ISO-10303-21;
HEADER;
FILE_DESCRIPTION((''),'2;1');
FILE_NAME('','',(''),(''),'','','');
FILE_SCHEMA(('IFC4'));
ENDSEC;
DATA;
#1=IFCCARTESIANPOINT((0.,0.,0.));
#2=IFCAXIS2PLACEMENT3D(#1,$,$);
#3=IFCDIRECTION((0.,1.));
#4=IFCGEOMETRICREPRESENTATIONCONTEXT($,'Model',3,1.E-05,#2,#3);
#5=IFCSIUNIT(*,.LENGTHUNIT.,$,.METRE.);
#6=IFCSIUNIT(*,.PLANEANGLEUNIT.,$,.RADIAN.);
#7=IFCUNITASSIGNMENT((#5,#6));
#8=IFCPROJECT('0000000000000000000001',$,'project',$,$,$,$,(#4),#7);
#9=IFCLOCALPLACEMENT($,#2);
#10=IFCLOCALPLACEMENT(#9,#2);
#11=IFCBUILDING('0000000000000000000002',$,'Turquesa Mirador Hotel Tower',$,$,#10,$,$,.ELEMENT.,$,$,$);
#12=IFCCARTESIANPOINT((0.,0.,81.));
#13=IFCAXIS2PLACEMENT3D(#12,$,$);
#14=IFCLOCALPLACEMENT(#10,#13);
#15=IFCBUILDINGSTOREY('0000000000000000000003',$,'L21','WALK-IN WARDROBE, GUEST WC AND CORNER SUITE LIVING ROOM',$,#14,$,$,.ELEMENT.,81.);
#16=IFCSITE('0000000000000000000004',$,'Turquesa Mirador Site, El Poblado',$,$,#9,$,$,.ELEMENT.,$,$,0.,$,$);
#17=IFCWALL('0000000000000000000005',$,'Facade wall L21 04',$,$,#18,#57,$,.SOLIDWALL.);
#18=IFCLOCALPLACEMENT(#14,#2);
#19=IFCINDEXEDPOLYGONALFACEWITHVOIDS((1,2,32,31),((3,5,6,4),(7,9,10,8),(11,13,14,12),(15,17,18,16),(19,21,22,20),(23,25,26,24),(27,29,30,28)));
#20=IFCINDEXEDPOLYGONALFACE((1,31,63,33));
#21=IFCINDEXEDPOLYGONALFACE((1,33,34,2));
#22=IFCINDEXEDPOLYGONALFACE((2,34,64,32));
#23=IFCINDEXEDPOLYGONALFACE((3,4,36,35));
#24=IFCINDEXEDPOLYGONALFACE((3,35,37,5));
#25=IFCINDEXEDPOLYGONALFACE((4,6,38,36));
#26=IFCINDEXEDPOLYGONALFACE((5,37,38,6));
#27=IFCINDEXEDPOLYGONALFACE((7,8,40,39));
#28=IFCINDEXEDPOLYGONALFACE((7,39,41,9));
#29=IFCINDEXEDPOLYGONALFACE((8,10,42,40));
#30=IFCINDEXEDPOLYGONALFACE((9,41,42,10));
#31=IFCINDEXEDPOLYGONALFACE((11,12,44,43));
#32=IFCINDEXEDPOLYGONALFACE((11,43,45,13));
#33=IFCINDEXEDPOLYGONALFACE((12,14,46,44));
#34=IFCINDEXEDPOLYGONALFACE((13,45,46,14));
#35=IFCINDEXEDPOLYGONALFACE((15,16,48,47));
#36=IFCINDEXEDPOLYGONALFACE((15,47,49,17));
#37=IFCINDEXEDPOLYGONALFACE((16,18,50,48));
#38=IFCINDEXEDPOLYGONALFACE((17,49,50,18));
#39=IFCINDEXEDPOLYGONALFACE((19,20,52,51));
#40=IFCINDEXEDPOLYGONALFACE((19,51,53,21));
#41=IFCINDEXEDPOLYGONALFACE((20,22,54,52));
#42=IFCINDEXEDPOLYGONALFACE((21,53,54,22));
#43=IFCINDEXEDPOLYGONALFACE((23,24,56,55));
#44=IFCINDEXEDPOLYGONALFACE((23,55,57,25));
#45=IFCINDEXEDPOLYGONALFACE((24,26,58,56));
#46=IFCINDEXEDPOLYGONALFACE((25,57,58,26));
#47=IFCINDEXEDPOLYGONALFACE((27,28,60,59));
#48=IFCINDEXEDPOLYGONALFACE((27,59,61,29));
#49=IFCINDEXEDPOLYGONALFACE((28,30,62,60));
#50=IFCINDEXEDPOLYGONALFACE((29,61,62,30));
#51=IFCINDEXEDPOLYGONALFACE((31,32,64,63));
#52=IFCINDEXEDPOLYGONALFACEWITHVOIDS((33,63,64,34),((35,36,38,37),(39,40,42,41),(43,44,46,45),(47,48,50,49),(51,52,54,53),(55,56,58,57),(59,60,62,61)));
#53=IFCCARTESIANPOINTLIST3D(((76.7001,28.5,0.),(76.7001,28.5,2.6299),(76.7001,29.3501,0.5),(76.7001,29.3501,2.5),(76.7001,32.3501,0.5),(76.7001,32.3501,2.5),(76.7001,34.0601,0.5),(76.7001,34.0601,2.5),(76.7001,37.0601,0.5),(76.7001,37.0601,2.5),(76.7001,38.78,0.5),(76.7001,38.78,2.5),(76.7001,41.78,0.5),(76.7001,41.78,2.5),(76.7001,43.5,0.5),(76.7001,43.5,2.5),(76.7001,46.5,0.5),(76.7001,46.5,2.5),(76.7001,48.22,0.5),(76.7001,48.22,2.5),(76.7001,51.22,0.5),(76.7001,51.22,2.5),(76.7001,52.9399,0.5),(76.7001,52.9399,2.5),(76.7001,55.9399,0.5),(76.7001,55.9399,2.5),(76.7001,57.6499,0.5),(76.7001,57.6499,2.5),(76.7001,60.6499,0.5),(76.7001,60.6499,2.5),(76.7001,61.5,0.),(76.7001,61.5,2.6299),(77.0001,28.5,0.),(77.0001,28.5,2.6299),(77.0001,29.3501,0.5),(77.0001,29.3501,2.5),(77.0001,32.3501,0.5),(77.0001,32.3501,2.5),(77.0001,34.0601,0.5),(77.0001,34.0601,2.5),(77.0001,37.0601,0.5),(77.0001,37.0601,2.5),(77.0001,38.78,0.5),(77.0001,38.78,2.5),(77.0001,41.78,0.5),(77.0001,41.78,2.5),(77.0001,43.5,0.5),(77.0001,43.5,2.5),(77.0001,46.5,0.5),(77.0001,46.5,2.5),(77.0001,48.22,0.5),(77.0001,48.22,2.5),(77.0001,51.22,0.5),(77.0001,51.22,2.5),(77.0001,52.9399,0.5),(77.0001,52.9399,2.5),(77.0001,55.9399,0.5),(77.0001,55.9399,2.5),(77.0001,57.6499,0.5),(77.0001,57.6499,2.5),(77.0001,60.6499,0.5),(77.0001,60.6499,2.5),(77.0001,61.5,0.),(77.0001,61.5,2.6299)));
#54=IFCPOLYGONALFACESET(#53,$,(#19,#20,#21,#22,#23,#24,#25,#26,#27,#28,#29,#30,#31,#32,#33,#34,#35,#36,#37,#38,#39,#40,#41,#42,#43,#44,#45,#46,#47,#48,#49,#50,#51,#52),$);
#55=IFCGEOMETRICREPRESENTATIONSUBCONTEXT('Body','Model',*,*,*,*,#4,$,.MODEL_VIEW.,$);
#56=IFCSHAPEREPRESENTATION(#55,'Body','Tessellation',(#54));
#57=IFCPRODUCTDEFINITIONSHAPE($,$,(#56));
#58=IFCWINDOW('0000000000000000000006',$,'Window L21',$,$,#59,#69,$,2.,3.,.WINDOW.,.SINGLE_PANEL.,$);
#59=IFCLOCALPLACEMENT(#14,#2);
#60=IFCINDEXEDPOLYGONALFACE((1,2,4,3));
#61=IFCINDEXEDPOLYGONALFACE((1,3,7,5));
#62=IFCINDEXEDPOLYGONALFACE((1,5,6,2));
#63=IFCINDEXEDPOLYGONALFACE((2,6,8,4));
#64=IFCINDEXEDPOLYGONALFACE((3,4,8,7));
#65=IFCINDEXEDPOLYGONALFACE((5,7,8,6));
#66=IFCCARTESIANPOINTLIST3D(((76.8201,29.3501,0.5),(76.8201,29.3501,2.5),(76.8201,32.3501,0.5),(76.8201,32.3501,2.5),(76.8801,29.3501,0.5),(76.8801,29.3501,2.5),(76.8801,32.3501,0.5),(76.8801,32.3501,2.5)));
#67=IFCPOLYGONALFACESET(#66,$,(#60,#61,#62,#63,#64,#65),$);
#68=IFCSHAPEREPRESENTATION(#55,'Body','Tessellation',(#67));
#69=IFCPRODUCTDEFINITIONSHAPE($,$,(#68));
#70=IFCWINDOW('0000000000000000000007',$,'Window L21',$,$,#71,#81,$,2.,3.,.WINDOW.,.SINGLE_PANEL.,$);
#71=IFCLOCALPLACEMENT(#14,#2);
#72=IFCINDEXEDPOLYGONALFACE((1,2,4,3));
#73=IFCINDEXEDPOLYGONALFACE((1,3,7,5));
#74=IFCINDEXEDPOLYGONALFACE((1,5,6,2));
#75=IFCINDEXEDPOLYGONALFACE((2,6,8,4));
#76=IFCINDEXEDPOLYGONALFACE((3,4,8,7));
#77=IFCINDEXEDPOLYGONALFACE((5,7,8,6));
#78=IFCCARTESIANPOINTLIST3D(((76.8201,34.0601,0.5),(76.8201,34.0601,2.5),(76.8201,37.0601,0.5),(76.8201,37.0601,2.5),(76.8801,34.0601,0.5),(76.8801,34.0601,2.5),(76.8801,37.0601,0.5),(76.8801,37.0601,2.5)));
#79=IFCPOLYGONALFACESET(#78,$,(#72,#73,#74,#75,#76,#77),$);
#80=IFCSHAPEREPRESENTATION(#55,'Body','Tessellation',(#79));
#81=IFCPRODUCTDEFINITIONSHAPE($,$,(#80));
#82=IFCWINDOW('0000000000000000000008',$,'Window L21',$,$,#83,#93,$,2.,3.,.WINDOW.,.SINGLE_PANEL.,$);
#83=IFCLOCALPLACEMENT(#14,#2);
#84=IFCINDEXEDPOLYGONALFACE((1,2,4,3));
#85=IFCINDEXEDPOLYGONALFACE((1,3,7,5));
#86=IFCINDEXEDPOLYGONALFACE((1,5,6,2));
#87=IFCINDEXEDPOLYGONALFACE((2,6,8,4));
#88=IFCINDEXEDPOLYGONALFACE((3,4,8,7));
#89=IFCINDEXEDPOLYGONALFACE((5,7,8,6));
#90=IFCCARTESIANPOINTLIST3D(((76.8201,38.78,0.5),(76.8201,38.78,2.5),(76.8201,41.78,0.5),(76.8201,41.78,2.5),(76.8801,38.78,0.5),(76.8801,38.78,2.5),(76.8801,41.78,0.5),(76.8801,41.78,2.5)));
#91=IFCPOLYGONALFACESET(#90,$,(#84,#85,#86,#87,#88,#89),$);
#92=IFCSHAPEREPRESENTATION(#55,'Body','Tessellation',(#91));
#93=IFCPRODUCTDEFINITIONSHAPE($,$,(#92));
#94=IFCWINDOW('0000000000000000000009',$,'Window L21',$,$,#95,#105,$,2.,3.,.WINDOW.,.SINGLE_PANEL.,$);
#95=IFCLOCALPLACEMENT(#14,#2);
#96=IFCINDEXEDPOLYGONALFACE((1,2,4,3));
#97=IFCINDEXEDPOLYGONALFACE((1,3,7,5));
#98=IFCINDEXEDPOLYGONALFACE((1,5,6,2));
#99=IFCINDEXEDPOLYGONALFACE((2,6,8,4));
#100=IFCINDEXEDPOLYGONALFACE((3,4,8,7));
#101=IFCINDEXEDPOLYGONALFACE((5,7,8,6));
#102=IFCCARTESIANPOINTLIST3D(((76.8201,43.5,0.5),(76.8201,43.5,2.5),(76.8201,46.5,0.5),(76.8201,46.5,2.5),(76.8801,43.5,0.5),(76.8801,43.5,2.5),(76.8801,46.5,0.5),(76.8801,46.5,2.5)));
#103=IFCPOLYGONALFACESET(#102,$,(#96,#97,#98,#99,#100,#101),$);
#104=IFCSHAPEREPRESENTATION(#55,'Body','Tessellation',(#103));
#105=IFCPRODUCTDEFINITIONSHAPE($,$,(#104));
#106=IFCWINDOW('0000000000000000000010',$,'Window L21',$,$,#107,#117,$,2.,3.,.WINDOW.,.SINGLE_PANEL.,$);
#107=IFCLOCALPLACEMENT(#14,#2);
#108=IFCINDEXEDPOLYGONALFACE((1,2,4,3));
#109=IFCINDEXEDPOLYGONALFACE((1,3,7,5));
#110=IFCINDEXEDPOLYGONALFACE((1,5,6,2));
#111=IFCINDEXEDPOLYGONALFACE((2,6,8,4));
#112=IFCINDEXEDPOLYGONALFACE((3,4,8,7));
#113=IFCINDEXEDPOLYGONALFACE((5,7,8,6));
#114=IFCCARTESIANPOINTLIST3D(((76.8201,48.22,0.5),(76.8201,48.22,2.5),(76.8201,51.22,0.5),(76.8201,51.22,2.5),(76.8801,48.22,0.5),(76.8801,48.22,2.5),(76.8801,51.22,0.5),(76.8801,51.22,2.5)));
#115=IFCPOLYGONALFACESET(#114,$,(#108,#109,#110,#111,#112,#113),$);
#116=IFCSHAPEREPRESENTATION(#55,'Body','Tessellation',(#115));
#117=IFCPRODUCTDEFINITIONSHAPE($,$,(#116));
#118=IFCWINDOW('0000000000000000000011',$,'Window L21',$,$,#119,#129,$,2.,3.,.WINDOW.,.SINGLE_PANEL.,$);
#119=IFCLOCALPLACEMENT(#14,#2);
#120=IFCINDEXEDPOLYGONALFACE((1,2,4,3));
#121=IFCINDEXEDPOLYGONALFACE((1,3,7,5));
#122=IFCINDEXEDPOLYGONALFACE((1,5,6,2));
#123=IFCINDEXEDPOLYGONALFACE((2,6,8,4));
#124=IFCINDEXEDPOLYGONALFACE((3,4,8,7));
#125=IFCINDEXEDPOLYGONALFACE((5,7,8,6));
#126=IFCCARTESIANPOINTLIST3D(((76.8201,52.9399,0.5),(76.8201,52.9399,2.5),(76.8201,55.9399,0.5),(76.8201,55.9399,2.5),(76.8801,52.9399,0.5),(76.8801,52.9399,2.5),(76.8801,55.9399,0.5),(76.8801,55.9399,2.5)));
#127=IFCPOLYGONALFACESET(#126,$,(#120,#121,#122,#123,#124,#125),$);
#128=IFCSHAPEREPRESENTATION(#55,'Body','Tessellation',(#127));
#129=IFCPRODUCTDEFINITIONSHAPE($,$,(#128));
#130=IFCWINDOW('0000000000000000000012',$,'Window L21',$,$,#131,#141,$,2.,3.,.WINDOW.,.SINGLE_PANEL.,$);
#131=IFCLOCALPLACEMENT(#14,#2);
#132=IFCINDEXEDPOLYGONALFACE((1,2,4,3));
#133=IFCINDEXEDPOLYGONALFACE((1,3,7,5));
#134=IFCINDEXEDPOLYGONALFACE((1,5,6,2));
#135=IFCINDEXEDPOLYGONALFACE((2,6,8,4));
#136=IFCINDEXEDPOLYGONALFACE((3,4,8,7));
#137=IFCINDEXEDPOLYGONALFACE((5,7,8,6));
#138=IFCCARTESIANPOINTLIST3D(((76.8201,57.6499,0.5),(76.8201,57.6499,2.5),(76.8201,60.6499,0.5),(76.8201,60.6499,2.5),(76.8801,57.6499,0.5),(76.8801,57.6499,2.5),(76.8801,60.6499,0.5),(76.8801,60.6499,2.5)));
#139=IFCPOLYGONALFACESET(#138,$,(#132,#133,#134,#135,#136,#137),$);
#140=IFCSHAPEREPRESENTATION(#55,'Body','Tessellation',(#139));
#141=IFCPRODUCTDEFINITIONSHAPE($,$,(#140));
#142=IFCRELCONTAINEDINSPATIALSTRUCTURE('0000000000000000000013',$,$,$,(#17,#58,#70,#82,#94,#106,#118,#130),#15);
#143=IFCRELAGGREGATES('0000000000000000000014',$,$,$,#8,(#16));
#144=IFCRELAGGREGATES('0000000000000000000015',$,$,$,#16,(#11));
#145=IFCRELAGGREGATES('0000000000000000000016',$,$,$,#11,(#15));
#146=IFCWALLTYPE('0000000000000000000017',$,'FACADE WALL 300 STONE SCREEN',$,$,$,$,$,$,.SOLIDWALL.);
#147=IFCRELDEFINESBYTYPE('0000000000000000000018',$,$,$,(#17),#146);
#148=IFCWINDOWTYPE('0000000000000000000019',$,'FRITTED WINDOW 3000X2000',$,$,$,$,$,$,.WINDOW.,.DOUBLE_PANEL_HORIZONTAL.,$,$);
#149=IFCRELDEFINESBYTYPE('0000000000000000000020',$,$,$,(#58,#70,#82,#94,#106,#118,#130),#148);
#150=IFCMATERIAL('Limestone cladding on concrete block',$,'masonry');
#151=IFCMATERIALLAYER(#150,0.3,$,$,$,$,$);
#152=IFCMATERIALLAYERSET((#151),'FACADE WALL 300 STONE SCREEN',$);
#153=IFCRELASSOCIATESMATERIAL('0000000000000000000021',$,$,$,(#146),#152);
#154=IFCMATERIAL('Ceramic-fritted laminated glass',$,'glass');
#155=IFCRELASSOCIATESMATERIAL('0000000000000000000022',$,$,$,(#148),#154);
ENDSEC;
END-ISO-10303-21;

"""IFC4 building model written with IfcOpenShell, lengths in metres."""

from ifc_helpers import new_model, si_unit, direction, frame, frame_2d, origin, place, context, subcontext, project, spatial, rectangle, extrude, material, layer, layer_set, type_object, element, fill, save


model = new_model("IFC4")

# Units and contexts
model_context = context("Model", 3, precision=1e-05, world=origin(), true_north=direction((0.0, 1.0)))
body_context = subcontext(model_context, "Body", "Model", "MODEL_VIEW")
ifc_project = project(units=[si_unit("LENGTHUNIT", "METRE"), si_unit("PLANEANGLEUNIT", "RADIAN")], contexts=[model_context])

# Site, building, storey
site_placement = place(None, origin())
site = spatial("IfcSite", under=ifc_project, at=site_placement, Name="Turquesa Mirador Site, El Poblado", CompositionType="ELEMENT", RefElevation=0.0)
building_placement = place(site_placement, origin())
building = spatial("IfcBuilding", under=site, at=building_placement, Name="Turquesa Mirador Hotel Tower", CompositionType="ELEMENT")
storey_placement = place(building_placement, frame((0.0, 0.0, 81.0)))
storey = spatial("IfcBuildingStorey", under=building, at=storey_placement, Name="L21", Description="WALK-IN WARDROBE, GUEST WC AND CORNER SUITE LIVING ROOM", CompositionType="ELEMENT", Elevation=81.0)

# Shared definitions
ifc_material_1 = material(Name="Limestone cladding on concrete block", Category="masonry")
ifc_layer = layer(ifc_material_1, 0.3)
ifc_layer_set = layer_set([ifc_layer], Name="FACADE WALL 300 STONE SCREEN")
wall_type = type_object("IfcWallType", Name="FACADE WALL 300 STONE SCREEN", PredefinedType="SOLIDWALL", material=ifc_layer_set)

# Wall, openings, windows
wall_1_placement = place(storey_placement, frame((76.8501, 28.5, 0.0), z_axis=(0.0, 0.0, 1.0), x_axis=(0.0, 1.0, 0.0)))
wall_1 = element("IfcWall", 1, at=wall_1_placement, inside=storey, type_object=wall_type, Name="Facade wall L21 04", PredefinedType="SOLIDWALL", context=body_context, shape_type="SweptSolid", body=[
    extrude(rectangle(XDim=33.0, YDim=0.3, at=frame_2d((16.5, 0.0))), origin(), (0.0, 0.0, 1.0), 2.6299),
])
opening_1_placement = place(wall_1_placement, frame((0.8501, 0.0, 0.5)))
opening_1 = element("IfcOpeningElement", 2, at=opening_1_placement, cuts=wall_1, PredefinedType="OPENING", context=body_context, shape_type="SweptSolid", body=[
    extrude(rectangle(XDim=3.0, YDim=2.0, at=frame_2d((1.5, 1.0))), frame((0.0, 0.1599, 0.0), z_axis=(0.0, -1.0, 0.0), x_axis=(1.0, 0.0, 0.0)), (0.0, 0.0, 1.0), 0.3201),
])
opening_2_placement = place(wall_1_placement, frame((5.5601, 0.0, 0.5)))
opening_2 = element("IfcOpeningElement", 3, at=opening_2_placement, cuts=wall_1, PredefinedType="OPENING", context=body_context, shape_type="SweptSolid", body=[
    extrude(rectangle(XDim=3.0, YDim=2.0, at=frame_2d((1.5, 1.0))), frame((0.0, 0.1599, 0.0), z_axis=(0.0, -1.0, 0.0), x_axis=(1.0, 0.0, 0.0)), (0.0, 0.0, 1.0), 0.3201),
])
opening_3_placement = place(wall_1_placement, frame((10.28, 0.0, 0.5)))
opening_3 = element("IfcOpeningElement", 4, at=opening_3_placement, cuts=wall_1, PredefinedType="OPENING", context=body_context, shape_type="SweptSolid", body=[
    extrude(rectangle(XDim=3.0, YDim=2.0, at=frame_2d((1.5, 1.0))), frame((0.0, 0.1599, 0.0), z_axis=(0.0, -1.0, 0.0), x_axis=(1.0, 0.0, 0.0)), (0.0, 0.0, 1.0), 0.3201),
])
opening_4_placement = place(wall_1_placement, frame((15.0, 0.0, 0.5)))
opening_4 = element("IfcOpeningElement", 5, at=opening_4_placement, cuts=wall_1, PredefinedType="OPENING", context=body_context, shape_type="SweptSolid", body=[
    extrude(rectangle(XDim=3.0, YDim=2.0, at=frame_2d((1.5, 1.0))), frame((0.0, 0.1599, 0.0), z_axis=(0.0, -1.0, 0.0), x_axis=(1.0, 0.0, 0.0)), (0.0, 0.0, 1.0), 0.3201),
])
opening_5_placement = place(wall_1_placement, frame((19.72, 0.0, 0.5)))
opening_5 = element("IfcOpeningElement", 6, at=opening_5_placement, cuts=wall_1, PredefinedType="OPENING", context=body_context, shape_type="SweptSolid", body=[
    extrude(rectangle(XDim=3.0, YDim=2.0, at=frame_2d((1.5, 1.0))), frame((0.0, 0.1599, 0.0), z_axis=(0.0, -1.0, 0.0), x_axis=(1.0, 0.0, 0.0)), (0.0, 0.0, 1.0), 0.3201),
])
opening_6_placement = place(wall_1_placement, frame((24.4399, 0.0, 0.5)))
opening_6 = element("IfcOpeningElement", 7, at=opening_6_placement, cuts=wall_1, PredefinedType="OPENING", context=body_context, shape_type="SweptSolid", body=[
    extrude(rectangle(XDim=3.0, YDim=2.0, at=frame_2d((1.5, 1.0))), frame((0.0, 0.1599, 0.0), z_axis=(0.0, -1.0, 0.0), x_axis=(1.0, 0.0, 0.0)), (0.0, 0.0, 1.0), 0.3201),
])
opening_7_placement = place(wall_1_placement, frame((29.1499, 0.0, 0.5)))
opening_7 = element("IfcOpeningElement", 8, at=opening_7_placement, cuts=wall_1, PredefinedType="OPENING", context=body_context, shape_type="SweptSolid", body=[
    extrude(rectangle(XDim=3.0, YDim=2.0, at=frame_2d((1.5, 1.0))), frame((0.0, 0.1599, 0.0), z_axis=(0.0, -1.0, 0.0), x_axis=(1.0, 0.0, 0.0)), (0.0, 0.0, 1.0), 0.3201),
])
ifc_material_2 = material(Name="Ceramic-fritted laminated glass", Category="glass")
window_type_1 = type_object("IfcWindowType", Name="FRITTED WINDOW 3000X2000", PartitioningType="DOUBLE_PANEL_HORIZONTAL", PredefinedType="WINDOW", material=ifc_material_2)
window_1_placement = place(opening_1_placement, origin())
window_1 = element("IfcWindow", 9, at=window_1_placement, inside=storey, type_object=window_type_1, Name="Window L21", OverallHeight=2.0, OverallWidth=3.0, PartitioningType="SINGLE_PANEL", PredefinedType="WINDOW", context=body_context, shape_type="SweptSolid", body=[
    extrude(rectangle(XDim=3.0, YDim=2.0, at=frame_2d((1.5, 1.0))), frame((0.0, 0.03, 0.0), z_axis=(0.0, -1.0, 0.0), x_axis=(1.0, 0.0, 0.0)), (0.0, 0.0, 1.0), 0.0601),
])
fill(opening_1, window_1)
window_2_placement = place(opening_2_placement, origin())
window_2 = element("IfcWindow", 10, at=window_2_placement, inside=storey, type_object=window_type_1, Name="Window L21", OverallHeight=2.0, OverallWidth=3.0, PartitioningType="SINGLE_PANEL", PredefinedType="WINDOW", context=body_context, shape_type="SweptSolid", body=[
    extrude(rectangle(XDim=3.0, YDim=2.0, at=frame_2d((1.5, 1.0))), frame((0.0, 0.03, 0.0), z_axis=(0.0, -1.0, 0.0), x_axis=(1.0, 0.0, 0.0)), (0.0, 0.0, 1.0), 0.0601),
])
fill(opening_2, window_2)
window_3_placement = place(opening_3_placement, origin())
window_3 = element("IfcWindow", 11, at=window_3_placement, inside=storey, type_object=window_type_1, Name="Window L21", OverallHeight=2.0, OverallWidth=3.0, PartitioningType="SINGLE_PANEL", PredefinedType="WINDOW", context=body_context, shape_type="SweptSolid", body=[
    extrude(rectangle(XDim=3.0, YDim=2.0, at=frame_2d((1.5, 1.0))), frame((0.0, 0.03, 0.0), z_axis=(0.0, -1.0, 0.0), x_axis=(1.0, 0.0, 0.0)), (0.0, 0.0, 1.0), 0.0601),
])
fill(opening_3, window_3)
window_4_placement = place(opening_4_placement, origin())
window_4 = element("IfcWindow", 12, at=window_4_placement, inside=storey, type_object=window_type_1, Name="Window L21", OverallHeight=2.0, OverallWidth=3.0, PartitioningType="SINGLE_PANEL", PredefinedType="WINDOW", context=body_context, shape_type="SweptSolid", body=[
    extrude(rectangle(XDim=3.0, YDim=2.0, at=frame_2d((1.5, 1.0))), frame((0.0, 0.03, 0.0), z_axis=(0.0, -1.0, 0.0), x_axis=(1.0, 0.0, 0.0)), (0.0, 0.0, 1.0), 0.0601),
])
fill(opening_4, window_4)
window_5_placement = place(opening_5_placement, origin())
window_5 = element("IfcWindow", 13, at=window_5_placement, inside=storey, type_object=window_type_1, Name="Window L21", OverallHeight=2.0, OverallWidth=3.0, PartitioningType="SINGLE_PANEL", PredefinedType="WINDOW", context=body_context, shape_type="SweptSolid", body=[
    extrude(rectangle(XDim=3.0, YDim=2.0, at=frame_2d((1.5, 1.0))), frame((0.0, 0.03, 0.0), z_axis=(0.0, -1.0, 0.0), x_axis=(1.0, 0.0, 0.0)), (0.0, 0.0, 1.0), 0.0601),
])
fill(opening_5, window_5)
window_6_placement = place(opening_6_placement, origin())
window_6 = element("IfcWindow", 14, at=window_6_placement, inside=storey, type_object=window_type_1, Name="Window L21", OverallHeight=2.0, OverallWidth=3.0, PartitioningType="SINGLE_PANEL", PredefinedType="WINDOW", context=body_context, shape_type="SweptSolid", body=[
    extrude(rectangle(XDim=3.0, YDim=2.0, at=frame_2d((1.5, 1.0))), frame((0.0, 0.03, 0.0), z_axis=(0.0, -1.0, 0.0), x_axis=(1.0, 0.0, 0.0)), (0.0, 0.0, 1.0), 0.0601),
])
fill(opening_6, window_6)
window_7_placement = place(opening_7_placement, origin())
window_7 = element("IfcWindow", 15, at=window_7_placement, inside=storey, type_object=window_type_1, Name="Window L21", OverallHeight=2.0, OverallWidth=3.0, PartitioningType="SINGLE_PANEL", PredefinedType="WINDOW", context=body_context, shape_type="SweptSolid", body=[
    extrude(rectangle(XDim=3.0, YDim=2.0, at=frame_2d((1.5, 1.0))), frame((0.0, 0.03, 0.0), z_axis=(0.0, -1.0, 0.0), x_axis=(1.0, 0.0, 0.0)), (0.0, 0.0, 1.0), 0.0601),
])
fill(opening_7, window_7)

save(model, "model.ifc")
